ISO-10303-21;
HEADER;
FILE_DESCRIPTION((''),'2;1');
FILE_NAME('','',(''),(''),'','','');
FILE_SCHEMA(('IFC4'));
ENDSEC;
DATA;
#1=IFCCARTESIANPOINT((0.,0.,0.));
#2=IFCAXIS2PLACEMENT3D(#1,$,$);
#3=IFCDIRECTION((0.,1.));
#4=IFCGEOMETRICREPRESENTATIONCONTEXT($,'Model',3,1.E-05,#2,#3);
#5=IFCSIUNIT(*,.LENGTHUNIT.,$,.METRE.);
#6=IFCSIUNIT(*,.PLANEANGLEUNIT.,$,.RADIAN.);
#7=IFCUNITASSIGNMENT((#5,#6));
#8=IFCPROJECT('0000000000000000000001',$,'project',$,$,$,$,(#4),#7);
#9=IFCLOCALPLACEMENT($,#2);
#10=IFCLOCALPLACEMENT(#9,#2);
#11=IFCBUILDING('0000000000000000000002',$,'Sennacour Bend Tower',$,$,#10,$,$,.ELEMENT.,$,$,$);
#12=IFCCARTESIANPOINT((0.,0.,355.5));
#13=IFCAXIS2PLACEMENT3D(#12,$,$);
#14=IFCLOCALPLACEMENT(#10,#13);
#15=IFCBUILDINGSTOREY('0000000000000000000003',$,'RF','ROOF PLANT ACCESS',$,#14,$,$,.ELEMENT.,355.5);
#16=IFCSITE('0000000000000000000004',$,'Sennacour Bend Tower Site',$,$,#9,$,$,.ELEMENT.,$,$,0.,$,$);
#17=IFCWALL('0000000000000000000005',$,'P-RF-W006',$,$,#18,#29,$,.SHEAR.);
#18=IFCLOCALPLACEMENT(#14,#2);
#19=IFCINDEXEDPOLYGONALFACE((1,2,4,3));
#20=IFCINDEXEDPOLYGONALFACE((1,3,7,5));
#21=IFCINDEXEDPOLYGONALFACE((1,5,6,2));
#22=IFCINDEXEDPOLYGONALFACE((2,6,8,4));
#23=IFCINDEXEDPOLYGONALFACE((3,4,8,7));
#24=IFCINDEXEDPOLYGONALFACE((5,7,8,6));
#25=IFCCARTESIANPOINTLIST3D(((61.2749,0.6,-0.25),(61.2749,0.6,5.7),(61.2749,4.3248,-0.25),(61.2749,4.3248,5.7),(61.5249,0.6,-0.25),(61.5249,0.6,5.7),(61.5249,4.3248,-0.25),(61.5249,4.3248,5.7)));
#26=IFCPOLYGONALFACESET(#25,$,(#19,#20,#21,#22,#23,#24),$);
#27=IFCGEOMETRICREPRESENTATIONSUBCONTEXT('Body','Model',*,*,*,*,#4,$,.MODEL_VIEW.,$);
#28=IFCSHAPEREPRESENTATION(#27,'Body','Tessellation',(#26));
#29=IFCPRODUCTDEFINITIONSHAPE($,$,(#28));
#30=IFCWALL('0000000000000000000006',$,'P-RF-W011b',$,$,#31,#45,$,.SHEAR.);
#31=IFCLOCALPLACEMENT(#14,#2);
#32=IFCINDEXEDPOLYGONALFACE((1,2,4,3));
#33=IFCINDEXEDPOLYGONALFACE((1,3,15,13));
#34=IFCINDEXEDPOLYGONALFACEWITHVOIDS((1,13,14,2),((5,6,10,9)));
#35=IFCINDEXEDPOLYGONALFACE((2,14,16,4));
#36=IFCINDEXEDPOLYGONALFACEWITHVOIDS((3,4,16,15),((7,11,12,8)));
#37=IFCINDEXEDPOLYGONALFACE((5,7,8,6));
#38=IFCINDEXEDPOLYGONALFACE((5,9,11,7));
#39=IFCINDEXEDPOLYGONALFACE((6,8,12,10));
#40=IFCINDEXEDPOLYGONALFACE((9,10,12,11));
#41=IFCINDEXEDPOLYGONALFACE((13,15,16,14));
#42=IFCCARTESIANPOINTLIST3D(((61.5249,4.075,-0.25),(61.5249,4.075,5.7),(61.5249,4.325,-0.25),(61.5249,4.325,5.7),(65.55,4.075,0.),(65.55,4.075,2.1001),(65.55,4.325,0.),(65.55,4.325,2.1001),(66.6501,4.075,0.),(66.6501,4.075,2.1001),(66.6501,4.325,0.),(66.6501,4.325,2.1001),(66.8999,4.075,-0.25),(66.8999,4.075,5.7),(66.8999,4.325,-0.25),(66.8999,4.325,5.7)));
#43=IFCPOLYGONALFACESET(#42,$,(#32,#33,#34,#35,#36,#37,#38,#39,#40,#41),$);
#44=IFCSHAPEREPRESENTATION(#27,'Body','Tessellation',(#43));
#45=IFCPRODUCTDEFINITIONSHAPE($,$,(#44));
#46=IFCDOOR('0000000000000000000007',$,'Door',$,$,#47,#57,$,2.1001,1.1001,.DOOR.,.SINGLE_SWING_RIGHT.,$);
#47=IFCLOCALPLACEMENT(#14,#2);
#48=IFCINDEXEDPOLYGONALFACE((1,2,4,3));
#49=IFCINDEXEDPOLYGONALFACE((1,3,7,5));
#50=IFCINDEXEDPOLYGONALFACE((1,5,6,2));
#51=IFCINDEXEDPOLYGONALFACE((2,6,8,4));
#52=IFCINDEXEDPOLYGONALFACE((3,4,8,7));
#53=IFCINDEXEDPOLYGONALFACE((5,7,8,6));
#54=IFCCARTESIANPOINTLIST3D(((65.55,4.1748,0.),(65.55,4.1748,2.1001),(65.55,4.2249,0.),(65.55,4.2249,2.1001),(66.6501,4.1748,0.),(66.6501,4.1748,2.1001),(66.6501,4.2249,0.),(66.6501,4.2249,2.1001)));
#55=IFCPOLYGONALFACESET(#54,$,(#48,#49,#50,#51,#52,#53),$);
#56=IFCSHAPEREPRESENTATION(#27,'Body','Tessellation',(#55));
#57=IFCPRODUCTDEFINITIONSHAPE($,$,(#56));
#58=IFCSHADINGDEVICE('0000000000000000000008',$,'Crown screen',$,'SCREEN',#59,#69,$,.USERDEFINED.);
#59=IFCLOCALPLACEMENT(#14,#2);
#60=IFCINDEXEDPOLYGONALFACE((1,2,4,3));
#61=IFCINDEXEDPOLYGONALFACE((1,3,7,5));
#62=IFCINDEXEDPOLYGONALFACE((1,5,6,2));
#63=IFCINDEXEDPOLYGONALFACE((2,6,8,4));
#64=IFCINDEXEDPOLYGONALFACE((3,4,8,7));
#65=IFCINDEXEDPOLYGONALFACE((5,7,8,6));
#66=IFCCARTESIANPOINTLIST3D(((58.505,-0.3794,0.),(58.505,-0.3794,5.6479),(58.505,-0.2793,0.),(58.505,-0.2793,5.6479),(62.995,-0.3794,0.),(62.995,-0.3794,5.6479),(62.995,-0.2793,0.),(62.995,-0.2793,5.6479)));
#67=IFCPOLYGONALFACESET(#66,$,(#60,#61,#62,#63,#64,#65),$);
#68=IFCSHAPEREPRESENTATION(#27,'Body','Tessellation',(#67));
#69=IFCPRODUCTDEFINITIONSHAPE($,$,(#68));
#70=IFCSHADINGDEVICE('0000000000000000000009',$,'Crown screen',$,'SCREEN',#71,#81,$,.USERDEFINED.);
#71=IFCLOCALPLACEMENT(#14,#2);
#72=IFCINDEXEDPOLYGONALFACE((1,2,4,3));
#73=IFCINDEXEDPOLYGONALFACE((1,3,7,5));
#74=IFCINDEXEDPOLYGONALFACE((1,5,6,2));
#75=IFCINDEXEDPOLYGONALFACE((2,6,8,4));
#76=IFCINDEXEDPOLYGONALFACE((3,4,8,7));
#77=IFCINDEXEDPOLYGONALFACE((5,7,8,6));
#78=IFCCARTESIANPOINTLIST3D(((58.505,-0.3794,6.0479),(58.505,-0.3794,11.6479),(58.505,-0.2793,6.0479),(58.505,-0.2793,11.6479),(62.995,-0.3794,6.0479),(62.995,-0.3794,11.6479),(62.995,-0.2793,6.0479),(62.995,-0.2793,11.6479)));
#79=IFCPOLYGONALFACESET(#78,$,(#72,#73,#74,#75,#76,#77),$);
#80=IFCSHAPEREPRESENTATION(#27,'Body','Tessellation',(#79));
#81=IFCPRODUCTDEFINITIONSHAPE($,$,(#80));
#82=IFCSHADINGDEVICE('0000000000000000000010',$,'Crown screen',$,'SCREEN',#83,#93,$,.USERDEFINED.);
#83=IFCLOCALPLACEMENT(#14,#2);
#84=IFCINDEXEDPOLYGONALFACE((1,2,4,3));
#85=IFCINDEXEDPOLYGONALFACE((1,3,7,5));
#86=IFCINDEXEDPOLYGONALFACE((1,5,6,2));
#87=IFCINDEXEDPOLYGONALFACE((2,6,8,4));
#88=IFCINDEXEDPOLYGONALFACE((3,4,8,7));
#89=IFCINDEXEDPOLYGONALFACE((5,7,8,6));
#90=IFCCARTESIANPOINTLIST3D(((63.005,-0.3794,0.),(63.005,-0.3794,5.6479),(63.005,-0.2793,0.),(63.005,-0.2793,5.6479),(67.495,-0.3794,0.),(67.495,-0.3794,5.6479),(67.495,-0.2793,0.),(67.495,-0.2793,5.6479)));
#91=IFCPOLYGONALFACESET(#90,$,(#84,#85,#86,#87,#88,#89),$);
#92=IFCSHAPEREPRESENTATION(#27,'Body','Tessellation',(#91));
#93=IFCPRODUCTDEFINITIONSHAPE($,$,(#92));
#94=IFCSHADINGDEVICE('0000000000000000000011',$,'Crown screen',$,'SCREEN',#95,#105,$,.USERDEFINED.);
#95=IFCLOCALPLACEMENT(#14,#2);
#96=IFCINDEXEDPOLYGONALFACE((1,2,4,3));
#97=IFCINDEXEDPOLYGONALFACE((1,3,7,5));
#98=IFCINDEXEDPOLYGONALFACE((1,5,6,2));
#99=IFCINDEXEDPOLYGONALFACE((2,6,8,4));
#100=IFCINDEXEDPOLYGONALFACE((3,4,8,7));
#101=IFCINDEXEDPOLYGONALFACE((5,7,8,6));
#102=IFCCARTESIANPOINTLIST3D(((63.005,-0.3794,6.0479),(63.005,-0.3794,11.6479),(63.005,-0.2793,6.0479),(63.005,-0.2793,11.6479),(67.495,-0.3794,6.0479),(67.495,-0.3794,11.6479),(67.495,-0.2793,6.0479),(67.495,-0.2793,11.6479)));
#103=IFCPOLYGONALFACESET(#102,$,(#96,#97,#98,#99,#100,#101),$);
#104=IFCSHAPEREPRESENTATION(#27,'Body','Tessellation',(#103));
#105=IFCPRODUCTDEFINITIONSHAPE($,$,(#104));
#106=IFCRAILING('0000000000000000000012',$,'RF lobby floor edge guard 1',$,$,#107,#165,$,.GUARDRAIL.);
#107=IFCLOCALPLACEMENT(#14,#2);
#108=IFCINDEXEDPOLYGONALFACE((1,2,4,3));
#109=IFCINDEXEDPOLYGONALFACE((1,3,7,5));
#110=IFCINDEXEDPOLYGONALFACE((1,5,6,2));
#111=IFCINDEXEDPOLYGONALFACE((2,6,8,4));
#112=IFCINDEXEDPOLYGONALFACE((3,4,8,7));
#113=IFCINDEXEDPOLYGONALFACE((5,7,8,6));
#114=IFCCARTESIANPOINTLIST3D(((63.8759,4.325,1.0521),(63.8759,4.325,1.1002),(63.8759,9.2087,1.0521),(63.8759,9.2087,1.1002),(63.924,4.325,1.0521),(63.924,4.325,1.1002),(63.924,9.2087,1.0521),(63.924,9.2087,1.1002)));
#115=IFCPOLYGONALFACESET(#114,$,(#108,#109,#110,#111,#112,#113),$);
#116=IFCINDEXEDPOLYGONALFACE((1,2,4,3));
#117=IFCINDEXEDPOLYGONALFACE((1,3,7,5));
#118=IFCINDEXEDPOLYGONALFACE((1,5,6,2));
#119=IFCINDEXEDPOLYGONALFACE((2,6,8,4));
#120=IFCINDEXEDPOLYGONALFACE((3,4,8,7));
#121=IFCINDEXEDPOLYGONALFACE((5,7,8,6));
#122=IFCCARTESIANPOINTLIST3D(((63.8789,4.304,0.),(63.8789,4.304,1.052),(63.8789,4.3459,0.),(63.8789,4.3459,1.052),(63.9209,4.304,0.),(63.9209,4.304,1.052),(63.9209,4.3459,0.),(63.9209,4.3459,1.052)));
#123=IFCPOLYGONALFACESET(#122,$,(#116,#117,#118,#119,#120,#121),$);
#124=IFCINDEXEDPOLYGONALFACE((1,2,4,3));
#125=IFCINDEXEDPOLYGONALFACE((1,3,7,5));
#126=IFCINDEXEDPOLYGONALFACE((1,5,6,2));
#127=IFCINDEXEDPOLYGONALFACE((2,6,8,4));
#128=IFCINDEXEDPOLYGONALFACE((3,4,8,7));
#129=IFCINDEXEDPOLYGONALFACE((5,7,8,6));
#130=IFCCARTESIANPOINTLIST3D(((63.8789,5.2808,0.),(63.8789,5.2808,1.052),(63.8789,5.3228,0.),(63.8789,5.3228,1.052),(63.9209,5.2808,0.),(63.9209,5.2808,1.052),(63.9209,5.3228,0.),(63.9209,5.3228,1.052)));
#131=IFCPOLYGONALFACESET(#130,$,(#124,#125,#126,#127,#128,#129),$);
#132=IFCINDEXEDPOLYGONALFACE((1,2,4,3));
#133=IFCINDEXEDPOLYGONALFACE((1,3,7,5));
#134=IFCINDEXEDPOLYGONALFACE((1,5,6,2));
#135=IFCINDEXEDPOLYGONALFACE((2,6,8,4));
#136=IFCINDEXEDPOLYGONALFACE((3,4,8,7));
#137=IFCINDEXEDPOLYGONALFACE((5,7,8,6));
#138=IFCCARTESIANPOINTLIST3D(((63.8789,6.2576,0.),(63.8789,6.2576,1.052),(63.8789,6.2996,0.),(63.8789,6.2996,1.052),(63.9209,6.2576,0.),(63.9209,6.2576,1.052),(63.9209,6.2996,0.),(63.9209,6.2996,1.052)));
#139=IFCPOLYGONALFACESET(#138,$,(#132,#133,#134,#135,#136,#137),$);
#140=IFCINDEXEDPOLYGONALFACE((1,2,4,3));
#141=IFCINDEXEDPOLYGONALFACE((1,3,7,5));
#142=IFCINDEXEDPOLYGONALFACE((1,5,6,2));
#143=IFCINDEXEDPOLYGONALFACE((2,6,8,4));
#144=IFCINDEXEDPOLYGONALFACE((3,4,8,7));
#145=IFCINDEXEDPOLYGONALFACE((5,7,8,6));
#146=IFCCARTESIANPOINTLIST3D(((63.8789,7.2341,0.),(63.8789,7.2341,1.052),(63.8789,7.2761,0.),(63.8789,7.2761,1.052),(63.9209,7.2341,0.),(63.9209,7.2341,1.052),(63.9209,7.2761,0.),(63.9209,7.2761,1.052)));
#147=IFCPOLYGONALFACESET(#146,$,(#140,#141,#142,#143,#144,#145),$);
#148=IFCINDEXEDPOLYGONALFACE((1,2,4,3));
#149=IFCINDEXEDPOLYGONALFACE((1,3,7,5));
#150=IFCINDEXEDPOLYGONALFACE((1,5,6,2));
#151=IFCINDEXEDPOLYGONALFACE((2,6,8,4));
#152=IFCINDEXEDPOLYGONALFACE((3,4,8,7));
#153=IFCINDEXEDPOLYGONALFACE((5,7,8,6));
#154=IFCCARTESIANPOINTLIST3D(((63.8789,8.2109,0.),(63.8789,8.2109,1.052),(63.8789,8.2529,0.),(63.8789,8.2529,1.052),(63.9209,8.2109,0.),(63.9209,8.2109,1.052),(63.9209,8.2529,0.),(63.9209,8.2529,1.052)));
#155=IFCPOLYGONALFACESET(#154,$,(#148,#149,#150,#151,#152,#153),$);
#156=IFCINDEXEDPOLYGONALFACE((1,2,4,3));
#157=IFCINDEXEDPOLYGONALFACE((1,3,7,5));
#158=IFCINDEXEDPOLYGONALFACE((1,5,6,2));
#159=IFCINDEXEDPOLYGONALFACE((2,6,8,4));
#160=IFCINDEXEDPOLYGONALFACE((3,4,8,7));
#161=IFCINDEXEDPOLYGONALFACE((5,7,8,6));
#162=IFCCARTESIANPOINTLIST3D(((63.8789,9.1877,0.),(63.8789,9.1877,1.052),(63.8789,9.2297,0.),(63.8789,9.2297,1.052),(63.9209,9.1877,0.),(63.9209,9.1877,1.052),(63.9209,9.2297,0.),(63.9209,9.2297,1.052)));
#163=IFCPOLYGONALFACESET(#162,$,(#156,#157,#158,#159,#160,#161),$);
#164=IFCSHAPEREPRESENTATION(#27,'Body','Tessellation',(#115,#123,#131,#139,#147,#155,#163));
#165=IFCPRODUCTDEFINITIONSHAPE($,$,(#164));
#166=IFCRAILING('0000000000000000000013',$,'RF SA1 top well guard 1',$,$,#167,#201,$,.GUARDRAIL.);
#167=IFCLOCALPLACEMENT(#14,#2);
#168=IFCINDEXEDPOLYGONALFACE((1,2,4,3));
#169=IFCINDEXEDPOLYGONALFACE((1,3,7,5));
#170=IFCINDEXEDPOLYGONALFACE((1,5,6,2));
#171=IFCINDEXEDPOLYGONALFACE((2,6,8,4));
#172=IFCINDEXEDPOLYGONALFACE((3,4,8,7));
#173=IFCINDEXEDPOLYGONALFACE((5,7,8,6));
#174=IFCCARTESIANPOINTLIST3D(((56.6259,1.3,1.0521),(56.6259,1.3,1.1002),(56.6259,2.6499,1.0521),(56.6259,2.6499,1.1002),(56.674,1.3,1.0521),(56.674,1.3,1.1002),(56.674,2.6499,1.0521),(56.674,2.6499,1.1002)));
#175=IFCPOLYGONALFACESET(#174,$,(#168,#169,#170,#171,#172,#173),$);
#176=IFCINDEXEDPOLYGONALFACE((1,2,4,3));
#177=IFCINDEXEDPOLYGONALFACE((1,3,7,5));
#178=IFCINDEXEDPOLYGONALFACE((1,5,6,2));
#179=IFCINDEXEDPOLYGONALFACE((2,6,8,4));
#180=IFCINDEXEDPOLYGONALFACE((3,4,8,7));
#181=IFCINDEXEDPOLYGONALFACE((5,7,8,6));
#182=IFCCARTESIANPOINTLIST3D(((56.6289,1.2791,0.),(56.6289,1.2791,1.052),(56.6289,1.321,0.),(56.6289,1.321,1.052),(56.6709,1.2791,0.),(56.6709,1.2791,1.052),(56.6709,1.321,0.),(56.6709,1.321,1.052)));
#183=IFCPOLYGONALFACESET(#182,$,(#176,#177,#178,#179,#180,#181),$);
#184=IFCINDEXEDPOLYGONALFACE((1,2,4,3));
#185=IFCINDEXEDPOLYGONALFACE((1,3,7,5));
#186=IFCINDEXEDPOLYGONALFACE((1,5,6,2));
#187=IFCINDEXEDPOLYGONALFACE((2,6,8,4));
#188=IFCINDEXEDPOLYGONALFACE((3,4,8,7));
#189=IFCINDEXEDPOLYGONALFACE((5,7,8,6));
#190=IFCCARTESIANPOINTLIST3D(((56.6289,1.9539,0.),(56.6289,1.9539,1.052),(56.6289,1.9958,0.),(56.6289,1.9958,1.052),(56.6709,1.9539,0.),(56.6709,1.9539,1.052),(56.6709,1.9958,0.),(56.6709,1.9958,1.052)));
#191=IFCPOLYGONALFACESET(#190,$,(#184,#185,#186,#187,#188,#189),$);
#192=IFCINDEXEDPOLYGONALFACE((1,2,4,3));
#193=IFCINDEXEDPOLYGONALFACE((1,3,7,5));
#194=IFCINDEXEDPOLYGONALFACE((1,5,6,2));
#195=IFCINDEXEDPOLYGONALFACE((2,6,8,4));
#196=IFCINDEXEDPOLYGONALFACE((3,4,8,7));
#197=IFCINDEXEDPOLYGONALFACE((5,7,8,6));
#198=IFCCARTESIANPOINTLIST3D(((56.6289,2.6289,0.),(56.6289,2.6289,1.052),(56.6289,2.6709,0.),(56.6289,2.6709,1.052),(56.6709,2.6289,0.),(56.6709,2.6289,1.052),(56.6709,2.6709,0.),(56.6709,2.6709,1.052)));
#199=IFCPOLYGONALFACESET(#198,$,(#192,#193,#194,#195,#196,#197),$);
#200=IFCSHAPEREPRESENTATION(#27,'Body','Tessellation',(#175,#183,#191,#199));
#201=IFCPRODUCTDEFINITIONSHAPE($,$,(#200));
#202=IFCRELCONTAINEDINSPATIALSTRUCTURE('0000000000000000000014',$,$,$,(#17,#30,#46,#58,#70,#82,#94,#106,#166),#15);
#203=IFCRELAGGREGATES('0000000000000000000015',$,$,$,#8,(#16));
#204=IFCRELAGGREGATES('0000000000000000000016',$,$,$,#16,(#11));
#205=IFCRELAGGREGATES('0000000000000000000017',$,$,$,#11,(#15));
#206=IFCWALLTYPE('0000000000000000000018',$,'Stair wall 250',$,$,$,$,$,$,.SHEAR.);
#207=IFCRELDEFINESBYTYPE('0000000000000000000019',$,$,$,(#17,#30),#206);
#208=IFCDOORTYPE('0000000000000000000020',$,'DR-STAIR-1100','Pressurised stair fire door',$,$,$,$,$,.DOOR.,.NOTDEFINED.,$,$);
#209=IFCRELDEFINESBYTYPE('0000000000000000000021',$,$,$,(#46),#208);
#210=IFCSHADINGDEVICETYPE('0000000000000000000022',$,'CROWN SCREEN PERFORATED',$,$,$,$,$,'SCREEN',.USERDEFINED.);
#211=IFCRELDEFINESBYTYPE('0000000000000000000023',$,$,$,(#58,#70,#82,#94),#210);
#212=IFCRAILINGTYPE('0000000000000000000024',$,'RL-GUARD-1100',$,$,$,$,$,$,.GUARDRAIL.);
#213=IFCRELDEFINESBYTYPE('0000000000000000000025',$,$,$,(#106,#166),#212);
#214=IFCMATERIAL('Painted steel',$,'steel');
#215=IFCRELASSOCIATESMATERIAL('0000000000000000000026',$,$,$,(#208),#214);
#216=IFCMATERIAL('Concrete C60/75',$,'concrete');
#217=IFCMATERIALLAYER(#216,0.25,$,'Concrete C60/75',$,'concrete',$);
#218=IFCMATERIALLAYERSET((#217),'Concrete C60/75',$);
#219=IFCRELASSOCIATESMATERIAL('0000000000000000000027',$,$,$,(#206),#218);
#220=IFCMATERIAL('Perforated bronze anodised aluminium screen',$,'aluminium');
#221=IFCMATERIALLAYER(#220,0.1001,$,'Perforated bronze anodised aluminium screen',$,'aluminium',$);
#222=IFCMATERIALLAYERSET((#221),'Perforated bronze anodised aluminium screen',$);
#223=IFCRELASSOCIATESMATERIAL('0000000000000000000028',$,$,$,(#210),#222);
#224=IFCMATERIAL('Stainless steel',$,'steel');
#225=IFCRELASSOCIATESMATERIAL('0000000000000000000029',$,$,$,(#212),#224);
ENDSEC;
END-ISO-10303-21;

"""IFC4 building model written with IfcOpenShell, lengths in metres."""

from ifc_helpers import new_model, si_unit, direction, frame, frame_2d, origin, origin_2d, place, context, subcontext, project, spatial, rectangle, extrude, material, layer, layer_set, type_object, element, fill, save


model = new_model("IFC4")

# Units and contexts
model_context = context("Model", 3, precision=1e-05, world=origin(), true_north=direction((0.0, 1.0)))
body_context = subcontext(model_context, "Body", "Model", "MODEL_VIEW")
ifc_project = project(units=[si_unit("LENGTHUNIT", "METRE"), si_unit("PLANEANGLEUNIT", "RADIAN")], contexts=[model_context])

# Site, building, storey
site_placement = place(None, origin())
site = spatial("IfcSite", under=ifc_project, at=site_placement, Name="Sennacour Bend Tower Site", CompositionType="ELEMENT", RefElevation=0.0)
building_placement = place(site_placement, origin())
building = spatial("IfcBuilding", under=site, at=building_placement, Name="Sennacour Bend Tower", CompositionType="ELEMENT")
storey_placement = place(building_placement, frame((0.0, 0.0, 355.5)))
storey = spatial("IfcBuildingStorey", under=building, at=storey_placement, Name="RF", Description="ROOF PLANT ACCESS", CompositionType="ELEMENT", Elevation=355.5)

# Shared definitions
ifc_material_1 = material(Name="Painted steel", Category="steel")
door_type = type_object("IfcDoorType", Name="DR-STAIR-1100", Description="Pressurised stair fire door", OperationType="NOTDEFINED", PredefinedType="DOOR", material=ifc_material_1)

# Wall
ifc_material_2 = material(Name="Concrete C60/75", Category="concrete")
ifc_layer_1 = layer(ifc_material_2, 0.25, Name="Concrete C60/75", Category="concrete")
ifc_layer_set_1 = layer_set([ifc_layer_1], Name="Concrete C60/75")
wall_type_1 = type_object("IfcWallType", Name="Stair wall 250", PredefinedType="SHEAR", material=ifc_layer_set_1)
wall_1_placement = place(storey_placement, frame((61.3999, 0.6001, -0.25), z_axis=(0.0, 0.0, 1.0), x_axis=(0.0, 1.0, 0.0)))
element("IfcWall", 1, at=wall_1_placement, inside=storey, type_object=wall_type_1, Name="P-RF-W006", PredefinedType="SHEAR", context=body_context, shape_type="SweptSolid", body=[
    extrude(rectangle(XDim=3.7249, YDim=0.25, at=frame_2d((1.8623, 0.0))), origin(), (0.0, 0.0, 1.0), 5.95),
])

# Wall, opening, door
wall_2_placement = place(storey_placement, frame((61.5249, 4.2, -0.25), z_axis=(0.0, 0.0, 1.0), x_axis=(1.0, 0.0, 0.0)))
wall_2 = element("IfcWall", 2, at=wall_2_placement, inside=storey, type_object=wall_type_1, Name="P-RF-W011b", PredefinedType="SHEAR", context=body_context, shape_type="SweptSolid", body=[
    extrude(rectangle(XDim=5.375, YDim=0.25, at=frame_2d((2.6875, 0.0))), origin(), (0.0, 0.0, 1.0), 5.95),
])
opening_1_placement = place(wall_2_placement, frame((4.0251, 0.0, 0.25)))
opening_1 = element("IfcOpeningElement", 3, at=opening_1_placement, cuts=wall_2, PredefinedType="OPENING", context=body_context, shape_type="SweptSolid", body=[
    extrude(rectangle(XDim=1.1001, YDim=2.1001, at=frame_2d((0.55, 1.05))), frame((0.0, 0.135, 0.0), z_axis=(0.0, -1.0, 0.0), x_axis=(1.0, 0.0, 0.0)), (0.0, 0.0, 1.0), 0.27),
])
door_1_placement = place(opening_1_placement, origin())
door_1 = element("IfcDoor", 4, at=door_1_placement, inside=storey, type_object=door_type, Name="Door", OperationType="SINGLE_SWING_RIGHT", OverallHeight=2.1001, OverallWidth=1.1001, PredefinedType="DOOR", context=body_context, shape_type="SweptSolid", body=[
    extrude(rectangle(XDim=1.1001, YDim=2.1001, at=frame_2d((0.55, 1.05))), frame((0.0, 0.0249, 0.0), z_axis=(0.0, -1.0, 0.0), x_axis=(1.0, 0.0, 0.0)), (0.0, 0.0, 1.0), 0.05),
])
fill(opening_1, door_1)

# Shading devices
ifc_material_3 = material(Name="Perforated bronze anodised aluminium screen", Category="aluminium")
ifc_layer_2 = layer(ifc_material_3, 0.1001, Name="Perforated bronze anodised aluminium screen", Category="aluminium")
ifc_layer_set_2 = layer_set([ifc_layer_2], Name="Perforated bronze anodised aluminium screen")
shading_device_type = type_object("IfcShadingDeviceType", Name="CROWN SCREEN PERFORATED", ElementType="SCREEN", PredefinedType="USERDEFINED", material=ifc_layer_set_2)
shading_device_1_placement = place(storey_placement, frame((60.75, -0.3293, 0.0), z_axis=(0.0, 0.0, 1.0), x_axis=(1.0, 0.0, 0.0)))
element("IfcShadingDevice", 5, at=shading_device_1_placement, inside=storey, type_object=shading_device_type, Name="Crown screen", ObjectType="SCREEN", PredefinedType="USERDEFINED", context=body_context, shape_type="SweptSolid", body=[
    extrude(rectangle(XDim=4.49, YDim=0.1001, at=origin_2d()), origin(), (0.0, 0.0, 1.0), 5.6479),
])
shading_device_2_placement = place(storey_placement, frame((60.75, -0.3293, 6.0479), z_axis=(0.0, 0.0, 1.0), x_axis=(1.0, 0.0, 0.0)))
element("IfcShadingDevice", 6, at=shading_device_2_placement, inside=storey, type_object=shading_device_type, Name="Crown screen", ObjectType="SCREEN", PredefinedType="USERDEFINED", context=body_context, shape_type="SweptSolid", body=[
    extrude(rectangle(XDim=4.49, YDim=0.1001, at=origin_2d()), origin(), (0.0, 0.0, 1.0), 5.6001),
])
shading_device_3_placement = place(storey_placement, frame((65.25, -0.3293, 0.0), z_axis=(0.0, 0.0, 1.0), x_axis=(1.0, 0.0, 0.0)))
element("IfcShadingDevice", 7, at=shading_device_3_placement, inside=storey, type_object=shading_device_type, Name="Crown screen", ObjectType="SCREEN", PredefinedType="USERDEFINED", context=body_context, shape_type="SweptSolid", body=[
    extrude(rectangle(XDim=4.49, YDim=0.1001, at=origin_2d()), origin(), (0.0, 0.0, 1.0), 5.6479),
])
shading_device_4_placement = place(storey_placement, frame((65.25, -0.3293, 6.0479), z_axis=(0.0, 0.0, 1.0), x_axis=(1.0, 0.0, 0.0)))
element("IfcShadingDevice", 8, at=shading_device_4_placement, inside=storey, type_object=shading_device_type, Name="Crown screen", ObjectType="SCREEN", PredefinedType="USERDEFINED", context=body_context, shape_type="SweptSolid", body=[
    extrude(rectangle(XDim=4.49, YDim=0.1001, at=origin_2d()), origin(), (0.0, 0.0, 1.0), 5.6001),
])

# Railings
ifc_material_4 = material(Name="Stainless steel", Category="steel")
railing_type = type_object("IfcRailingType", Name="RL-GUARD-1100", PredefinedType="GUARDRAIL", material=ifc_material_4)
railing_1_placement = place(storey_placement, frame((63.8999, 4.325, 0.0)))
element("IfcRailing", 9, at=railing_1_placement, inside=storey, type_object=railing_type, Name="RF lobby floor edge guard 1", PredefinedType="GUARDRAIL", context=body_context, shape_type="SweptSolid", body=[
    extrude(rectangle(XDim=0.0481, YDim=0.0481, at=origin_2d()), frame((0.0, 0.0, 1.0762), z_axis=(0.0, 1.0, 0.0), x_axis=(-1.0, 0.0, 0.0)), (0.0, 0.0, 1.0), 4.8838),
    extrude(rectangle(XDim=0.042, YDim=0.042, at=origin_2d()), origin(), (0.0, 0.0, 1.0), 1.052),
    extrude(rectangle(XDim=0.042, YDim=0.042, at=origin_2d()), frame((0.0, 0.9768, 0.0)), (0.0, 0.0, 1.0), 1.052),
    extrude(rectangle(XDim=0.042, YDim=0.042, at=origin_2d()), frame((0.0, 1.9536, 0.0)), (0.0, 0.0, 1.0), 1.052),
    extrude(rectangle(XDim=0.042, YDim=0.042, at=origin_2d()), frame((0.0, 2.9302, 0.0)), (0.0, 0.0, 1.0), 1.052),
    extrude(rectangle(XDim=0.042, YDim=0.042, at=origin_2d()), frame((0.0, 3.907, 0.0)), (0.0, 0.0, 1.0), 1.052),
    extrude(rectangle(XDim=0.042, YDim=0.042, at=origin_2d()), frame((0.0, 4.8838, 0.0)), (0.0, 0.0, 1.0), 1.052),
])
railing_2_placement = place(storey_placement, frame((56.6499, 1.3, 0.0)))
element("IfcRailing", 10, at=railing_2_placement, inside=storey, type_object=railing_type, Name="RF SA1 top well guard 1", PredefinedType="GUARDRAIL", context=body_context, shape_type="SweptSolid", body=[
    extrude(rectangle(XDim=0.0481, YDim=0.0481, at=origin_2d()), frame((0.0, 0.0, 1.0762), z_axis=(0.0, 1.0, 0.0), x_axis=(-1.0, 0.0, 0.0)), (0.0, 0.0, 1.0), 1.3499),
    extrude(rectangle(XDim=0.042, YDim=0.042, at=origin_2d()), origin(), (0.0, 0.0, 1.0), 1.052),
    extrude(rectangle(XDim=0.042, YDim=0.042, at=origin_2d()), frame((0.0, 0.6748, 0.0)), (0.0, 0.0, 1.0), 1.052),
    extrude(rectangle(XDim=0.042, YDim=0.042, at=origin_2d()), frame((0.0, 1.3499, 0.0)), (0.0, 0.0, 1.0), 1.052),
])

save(model, "model.ifc")
